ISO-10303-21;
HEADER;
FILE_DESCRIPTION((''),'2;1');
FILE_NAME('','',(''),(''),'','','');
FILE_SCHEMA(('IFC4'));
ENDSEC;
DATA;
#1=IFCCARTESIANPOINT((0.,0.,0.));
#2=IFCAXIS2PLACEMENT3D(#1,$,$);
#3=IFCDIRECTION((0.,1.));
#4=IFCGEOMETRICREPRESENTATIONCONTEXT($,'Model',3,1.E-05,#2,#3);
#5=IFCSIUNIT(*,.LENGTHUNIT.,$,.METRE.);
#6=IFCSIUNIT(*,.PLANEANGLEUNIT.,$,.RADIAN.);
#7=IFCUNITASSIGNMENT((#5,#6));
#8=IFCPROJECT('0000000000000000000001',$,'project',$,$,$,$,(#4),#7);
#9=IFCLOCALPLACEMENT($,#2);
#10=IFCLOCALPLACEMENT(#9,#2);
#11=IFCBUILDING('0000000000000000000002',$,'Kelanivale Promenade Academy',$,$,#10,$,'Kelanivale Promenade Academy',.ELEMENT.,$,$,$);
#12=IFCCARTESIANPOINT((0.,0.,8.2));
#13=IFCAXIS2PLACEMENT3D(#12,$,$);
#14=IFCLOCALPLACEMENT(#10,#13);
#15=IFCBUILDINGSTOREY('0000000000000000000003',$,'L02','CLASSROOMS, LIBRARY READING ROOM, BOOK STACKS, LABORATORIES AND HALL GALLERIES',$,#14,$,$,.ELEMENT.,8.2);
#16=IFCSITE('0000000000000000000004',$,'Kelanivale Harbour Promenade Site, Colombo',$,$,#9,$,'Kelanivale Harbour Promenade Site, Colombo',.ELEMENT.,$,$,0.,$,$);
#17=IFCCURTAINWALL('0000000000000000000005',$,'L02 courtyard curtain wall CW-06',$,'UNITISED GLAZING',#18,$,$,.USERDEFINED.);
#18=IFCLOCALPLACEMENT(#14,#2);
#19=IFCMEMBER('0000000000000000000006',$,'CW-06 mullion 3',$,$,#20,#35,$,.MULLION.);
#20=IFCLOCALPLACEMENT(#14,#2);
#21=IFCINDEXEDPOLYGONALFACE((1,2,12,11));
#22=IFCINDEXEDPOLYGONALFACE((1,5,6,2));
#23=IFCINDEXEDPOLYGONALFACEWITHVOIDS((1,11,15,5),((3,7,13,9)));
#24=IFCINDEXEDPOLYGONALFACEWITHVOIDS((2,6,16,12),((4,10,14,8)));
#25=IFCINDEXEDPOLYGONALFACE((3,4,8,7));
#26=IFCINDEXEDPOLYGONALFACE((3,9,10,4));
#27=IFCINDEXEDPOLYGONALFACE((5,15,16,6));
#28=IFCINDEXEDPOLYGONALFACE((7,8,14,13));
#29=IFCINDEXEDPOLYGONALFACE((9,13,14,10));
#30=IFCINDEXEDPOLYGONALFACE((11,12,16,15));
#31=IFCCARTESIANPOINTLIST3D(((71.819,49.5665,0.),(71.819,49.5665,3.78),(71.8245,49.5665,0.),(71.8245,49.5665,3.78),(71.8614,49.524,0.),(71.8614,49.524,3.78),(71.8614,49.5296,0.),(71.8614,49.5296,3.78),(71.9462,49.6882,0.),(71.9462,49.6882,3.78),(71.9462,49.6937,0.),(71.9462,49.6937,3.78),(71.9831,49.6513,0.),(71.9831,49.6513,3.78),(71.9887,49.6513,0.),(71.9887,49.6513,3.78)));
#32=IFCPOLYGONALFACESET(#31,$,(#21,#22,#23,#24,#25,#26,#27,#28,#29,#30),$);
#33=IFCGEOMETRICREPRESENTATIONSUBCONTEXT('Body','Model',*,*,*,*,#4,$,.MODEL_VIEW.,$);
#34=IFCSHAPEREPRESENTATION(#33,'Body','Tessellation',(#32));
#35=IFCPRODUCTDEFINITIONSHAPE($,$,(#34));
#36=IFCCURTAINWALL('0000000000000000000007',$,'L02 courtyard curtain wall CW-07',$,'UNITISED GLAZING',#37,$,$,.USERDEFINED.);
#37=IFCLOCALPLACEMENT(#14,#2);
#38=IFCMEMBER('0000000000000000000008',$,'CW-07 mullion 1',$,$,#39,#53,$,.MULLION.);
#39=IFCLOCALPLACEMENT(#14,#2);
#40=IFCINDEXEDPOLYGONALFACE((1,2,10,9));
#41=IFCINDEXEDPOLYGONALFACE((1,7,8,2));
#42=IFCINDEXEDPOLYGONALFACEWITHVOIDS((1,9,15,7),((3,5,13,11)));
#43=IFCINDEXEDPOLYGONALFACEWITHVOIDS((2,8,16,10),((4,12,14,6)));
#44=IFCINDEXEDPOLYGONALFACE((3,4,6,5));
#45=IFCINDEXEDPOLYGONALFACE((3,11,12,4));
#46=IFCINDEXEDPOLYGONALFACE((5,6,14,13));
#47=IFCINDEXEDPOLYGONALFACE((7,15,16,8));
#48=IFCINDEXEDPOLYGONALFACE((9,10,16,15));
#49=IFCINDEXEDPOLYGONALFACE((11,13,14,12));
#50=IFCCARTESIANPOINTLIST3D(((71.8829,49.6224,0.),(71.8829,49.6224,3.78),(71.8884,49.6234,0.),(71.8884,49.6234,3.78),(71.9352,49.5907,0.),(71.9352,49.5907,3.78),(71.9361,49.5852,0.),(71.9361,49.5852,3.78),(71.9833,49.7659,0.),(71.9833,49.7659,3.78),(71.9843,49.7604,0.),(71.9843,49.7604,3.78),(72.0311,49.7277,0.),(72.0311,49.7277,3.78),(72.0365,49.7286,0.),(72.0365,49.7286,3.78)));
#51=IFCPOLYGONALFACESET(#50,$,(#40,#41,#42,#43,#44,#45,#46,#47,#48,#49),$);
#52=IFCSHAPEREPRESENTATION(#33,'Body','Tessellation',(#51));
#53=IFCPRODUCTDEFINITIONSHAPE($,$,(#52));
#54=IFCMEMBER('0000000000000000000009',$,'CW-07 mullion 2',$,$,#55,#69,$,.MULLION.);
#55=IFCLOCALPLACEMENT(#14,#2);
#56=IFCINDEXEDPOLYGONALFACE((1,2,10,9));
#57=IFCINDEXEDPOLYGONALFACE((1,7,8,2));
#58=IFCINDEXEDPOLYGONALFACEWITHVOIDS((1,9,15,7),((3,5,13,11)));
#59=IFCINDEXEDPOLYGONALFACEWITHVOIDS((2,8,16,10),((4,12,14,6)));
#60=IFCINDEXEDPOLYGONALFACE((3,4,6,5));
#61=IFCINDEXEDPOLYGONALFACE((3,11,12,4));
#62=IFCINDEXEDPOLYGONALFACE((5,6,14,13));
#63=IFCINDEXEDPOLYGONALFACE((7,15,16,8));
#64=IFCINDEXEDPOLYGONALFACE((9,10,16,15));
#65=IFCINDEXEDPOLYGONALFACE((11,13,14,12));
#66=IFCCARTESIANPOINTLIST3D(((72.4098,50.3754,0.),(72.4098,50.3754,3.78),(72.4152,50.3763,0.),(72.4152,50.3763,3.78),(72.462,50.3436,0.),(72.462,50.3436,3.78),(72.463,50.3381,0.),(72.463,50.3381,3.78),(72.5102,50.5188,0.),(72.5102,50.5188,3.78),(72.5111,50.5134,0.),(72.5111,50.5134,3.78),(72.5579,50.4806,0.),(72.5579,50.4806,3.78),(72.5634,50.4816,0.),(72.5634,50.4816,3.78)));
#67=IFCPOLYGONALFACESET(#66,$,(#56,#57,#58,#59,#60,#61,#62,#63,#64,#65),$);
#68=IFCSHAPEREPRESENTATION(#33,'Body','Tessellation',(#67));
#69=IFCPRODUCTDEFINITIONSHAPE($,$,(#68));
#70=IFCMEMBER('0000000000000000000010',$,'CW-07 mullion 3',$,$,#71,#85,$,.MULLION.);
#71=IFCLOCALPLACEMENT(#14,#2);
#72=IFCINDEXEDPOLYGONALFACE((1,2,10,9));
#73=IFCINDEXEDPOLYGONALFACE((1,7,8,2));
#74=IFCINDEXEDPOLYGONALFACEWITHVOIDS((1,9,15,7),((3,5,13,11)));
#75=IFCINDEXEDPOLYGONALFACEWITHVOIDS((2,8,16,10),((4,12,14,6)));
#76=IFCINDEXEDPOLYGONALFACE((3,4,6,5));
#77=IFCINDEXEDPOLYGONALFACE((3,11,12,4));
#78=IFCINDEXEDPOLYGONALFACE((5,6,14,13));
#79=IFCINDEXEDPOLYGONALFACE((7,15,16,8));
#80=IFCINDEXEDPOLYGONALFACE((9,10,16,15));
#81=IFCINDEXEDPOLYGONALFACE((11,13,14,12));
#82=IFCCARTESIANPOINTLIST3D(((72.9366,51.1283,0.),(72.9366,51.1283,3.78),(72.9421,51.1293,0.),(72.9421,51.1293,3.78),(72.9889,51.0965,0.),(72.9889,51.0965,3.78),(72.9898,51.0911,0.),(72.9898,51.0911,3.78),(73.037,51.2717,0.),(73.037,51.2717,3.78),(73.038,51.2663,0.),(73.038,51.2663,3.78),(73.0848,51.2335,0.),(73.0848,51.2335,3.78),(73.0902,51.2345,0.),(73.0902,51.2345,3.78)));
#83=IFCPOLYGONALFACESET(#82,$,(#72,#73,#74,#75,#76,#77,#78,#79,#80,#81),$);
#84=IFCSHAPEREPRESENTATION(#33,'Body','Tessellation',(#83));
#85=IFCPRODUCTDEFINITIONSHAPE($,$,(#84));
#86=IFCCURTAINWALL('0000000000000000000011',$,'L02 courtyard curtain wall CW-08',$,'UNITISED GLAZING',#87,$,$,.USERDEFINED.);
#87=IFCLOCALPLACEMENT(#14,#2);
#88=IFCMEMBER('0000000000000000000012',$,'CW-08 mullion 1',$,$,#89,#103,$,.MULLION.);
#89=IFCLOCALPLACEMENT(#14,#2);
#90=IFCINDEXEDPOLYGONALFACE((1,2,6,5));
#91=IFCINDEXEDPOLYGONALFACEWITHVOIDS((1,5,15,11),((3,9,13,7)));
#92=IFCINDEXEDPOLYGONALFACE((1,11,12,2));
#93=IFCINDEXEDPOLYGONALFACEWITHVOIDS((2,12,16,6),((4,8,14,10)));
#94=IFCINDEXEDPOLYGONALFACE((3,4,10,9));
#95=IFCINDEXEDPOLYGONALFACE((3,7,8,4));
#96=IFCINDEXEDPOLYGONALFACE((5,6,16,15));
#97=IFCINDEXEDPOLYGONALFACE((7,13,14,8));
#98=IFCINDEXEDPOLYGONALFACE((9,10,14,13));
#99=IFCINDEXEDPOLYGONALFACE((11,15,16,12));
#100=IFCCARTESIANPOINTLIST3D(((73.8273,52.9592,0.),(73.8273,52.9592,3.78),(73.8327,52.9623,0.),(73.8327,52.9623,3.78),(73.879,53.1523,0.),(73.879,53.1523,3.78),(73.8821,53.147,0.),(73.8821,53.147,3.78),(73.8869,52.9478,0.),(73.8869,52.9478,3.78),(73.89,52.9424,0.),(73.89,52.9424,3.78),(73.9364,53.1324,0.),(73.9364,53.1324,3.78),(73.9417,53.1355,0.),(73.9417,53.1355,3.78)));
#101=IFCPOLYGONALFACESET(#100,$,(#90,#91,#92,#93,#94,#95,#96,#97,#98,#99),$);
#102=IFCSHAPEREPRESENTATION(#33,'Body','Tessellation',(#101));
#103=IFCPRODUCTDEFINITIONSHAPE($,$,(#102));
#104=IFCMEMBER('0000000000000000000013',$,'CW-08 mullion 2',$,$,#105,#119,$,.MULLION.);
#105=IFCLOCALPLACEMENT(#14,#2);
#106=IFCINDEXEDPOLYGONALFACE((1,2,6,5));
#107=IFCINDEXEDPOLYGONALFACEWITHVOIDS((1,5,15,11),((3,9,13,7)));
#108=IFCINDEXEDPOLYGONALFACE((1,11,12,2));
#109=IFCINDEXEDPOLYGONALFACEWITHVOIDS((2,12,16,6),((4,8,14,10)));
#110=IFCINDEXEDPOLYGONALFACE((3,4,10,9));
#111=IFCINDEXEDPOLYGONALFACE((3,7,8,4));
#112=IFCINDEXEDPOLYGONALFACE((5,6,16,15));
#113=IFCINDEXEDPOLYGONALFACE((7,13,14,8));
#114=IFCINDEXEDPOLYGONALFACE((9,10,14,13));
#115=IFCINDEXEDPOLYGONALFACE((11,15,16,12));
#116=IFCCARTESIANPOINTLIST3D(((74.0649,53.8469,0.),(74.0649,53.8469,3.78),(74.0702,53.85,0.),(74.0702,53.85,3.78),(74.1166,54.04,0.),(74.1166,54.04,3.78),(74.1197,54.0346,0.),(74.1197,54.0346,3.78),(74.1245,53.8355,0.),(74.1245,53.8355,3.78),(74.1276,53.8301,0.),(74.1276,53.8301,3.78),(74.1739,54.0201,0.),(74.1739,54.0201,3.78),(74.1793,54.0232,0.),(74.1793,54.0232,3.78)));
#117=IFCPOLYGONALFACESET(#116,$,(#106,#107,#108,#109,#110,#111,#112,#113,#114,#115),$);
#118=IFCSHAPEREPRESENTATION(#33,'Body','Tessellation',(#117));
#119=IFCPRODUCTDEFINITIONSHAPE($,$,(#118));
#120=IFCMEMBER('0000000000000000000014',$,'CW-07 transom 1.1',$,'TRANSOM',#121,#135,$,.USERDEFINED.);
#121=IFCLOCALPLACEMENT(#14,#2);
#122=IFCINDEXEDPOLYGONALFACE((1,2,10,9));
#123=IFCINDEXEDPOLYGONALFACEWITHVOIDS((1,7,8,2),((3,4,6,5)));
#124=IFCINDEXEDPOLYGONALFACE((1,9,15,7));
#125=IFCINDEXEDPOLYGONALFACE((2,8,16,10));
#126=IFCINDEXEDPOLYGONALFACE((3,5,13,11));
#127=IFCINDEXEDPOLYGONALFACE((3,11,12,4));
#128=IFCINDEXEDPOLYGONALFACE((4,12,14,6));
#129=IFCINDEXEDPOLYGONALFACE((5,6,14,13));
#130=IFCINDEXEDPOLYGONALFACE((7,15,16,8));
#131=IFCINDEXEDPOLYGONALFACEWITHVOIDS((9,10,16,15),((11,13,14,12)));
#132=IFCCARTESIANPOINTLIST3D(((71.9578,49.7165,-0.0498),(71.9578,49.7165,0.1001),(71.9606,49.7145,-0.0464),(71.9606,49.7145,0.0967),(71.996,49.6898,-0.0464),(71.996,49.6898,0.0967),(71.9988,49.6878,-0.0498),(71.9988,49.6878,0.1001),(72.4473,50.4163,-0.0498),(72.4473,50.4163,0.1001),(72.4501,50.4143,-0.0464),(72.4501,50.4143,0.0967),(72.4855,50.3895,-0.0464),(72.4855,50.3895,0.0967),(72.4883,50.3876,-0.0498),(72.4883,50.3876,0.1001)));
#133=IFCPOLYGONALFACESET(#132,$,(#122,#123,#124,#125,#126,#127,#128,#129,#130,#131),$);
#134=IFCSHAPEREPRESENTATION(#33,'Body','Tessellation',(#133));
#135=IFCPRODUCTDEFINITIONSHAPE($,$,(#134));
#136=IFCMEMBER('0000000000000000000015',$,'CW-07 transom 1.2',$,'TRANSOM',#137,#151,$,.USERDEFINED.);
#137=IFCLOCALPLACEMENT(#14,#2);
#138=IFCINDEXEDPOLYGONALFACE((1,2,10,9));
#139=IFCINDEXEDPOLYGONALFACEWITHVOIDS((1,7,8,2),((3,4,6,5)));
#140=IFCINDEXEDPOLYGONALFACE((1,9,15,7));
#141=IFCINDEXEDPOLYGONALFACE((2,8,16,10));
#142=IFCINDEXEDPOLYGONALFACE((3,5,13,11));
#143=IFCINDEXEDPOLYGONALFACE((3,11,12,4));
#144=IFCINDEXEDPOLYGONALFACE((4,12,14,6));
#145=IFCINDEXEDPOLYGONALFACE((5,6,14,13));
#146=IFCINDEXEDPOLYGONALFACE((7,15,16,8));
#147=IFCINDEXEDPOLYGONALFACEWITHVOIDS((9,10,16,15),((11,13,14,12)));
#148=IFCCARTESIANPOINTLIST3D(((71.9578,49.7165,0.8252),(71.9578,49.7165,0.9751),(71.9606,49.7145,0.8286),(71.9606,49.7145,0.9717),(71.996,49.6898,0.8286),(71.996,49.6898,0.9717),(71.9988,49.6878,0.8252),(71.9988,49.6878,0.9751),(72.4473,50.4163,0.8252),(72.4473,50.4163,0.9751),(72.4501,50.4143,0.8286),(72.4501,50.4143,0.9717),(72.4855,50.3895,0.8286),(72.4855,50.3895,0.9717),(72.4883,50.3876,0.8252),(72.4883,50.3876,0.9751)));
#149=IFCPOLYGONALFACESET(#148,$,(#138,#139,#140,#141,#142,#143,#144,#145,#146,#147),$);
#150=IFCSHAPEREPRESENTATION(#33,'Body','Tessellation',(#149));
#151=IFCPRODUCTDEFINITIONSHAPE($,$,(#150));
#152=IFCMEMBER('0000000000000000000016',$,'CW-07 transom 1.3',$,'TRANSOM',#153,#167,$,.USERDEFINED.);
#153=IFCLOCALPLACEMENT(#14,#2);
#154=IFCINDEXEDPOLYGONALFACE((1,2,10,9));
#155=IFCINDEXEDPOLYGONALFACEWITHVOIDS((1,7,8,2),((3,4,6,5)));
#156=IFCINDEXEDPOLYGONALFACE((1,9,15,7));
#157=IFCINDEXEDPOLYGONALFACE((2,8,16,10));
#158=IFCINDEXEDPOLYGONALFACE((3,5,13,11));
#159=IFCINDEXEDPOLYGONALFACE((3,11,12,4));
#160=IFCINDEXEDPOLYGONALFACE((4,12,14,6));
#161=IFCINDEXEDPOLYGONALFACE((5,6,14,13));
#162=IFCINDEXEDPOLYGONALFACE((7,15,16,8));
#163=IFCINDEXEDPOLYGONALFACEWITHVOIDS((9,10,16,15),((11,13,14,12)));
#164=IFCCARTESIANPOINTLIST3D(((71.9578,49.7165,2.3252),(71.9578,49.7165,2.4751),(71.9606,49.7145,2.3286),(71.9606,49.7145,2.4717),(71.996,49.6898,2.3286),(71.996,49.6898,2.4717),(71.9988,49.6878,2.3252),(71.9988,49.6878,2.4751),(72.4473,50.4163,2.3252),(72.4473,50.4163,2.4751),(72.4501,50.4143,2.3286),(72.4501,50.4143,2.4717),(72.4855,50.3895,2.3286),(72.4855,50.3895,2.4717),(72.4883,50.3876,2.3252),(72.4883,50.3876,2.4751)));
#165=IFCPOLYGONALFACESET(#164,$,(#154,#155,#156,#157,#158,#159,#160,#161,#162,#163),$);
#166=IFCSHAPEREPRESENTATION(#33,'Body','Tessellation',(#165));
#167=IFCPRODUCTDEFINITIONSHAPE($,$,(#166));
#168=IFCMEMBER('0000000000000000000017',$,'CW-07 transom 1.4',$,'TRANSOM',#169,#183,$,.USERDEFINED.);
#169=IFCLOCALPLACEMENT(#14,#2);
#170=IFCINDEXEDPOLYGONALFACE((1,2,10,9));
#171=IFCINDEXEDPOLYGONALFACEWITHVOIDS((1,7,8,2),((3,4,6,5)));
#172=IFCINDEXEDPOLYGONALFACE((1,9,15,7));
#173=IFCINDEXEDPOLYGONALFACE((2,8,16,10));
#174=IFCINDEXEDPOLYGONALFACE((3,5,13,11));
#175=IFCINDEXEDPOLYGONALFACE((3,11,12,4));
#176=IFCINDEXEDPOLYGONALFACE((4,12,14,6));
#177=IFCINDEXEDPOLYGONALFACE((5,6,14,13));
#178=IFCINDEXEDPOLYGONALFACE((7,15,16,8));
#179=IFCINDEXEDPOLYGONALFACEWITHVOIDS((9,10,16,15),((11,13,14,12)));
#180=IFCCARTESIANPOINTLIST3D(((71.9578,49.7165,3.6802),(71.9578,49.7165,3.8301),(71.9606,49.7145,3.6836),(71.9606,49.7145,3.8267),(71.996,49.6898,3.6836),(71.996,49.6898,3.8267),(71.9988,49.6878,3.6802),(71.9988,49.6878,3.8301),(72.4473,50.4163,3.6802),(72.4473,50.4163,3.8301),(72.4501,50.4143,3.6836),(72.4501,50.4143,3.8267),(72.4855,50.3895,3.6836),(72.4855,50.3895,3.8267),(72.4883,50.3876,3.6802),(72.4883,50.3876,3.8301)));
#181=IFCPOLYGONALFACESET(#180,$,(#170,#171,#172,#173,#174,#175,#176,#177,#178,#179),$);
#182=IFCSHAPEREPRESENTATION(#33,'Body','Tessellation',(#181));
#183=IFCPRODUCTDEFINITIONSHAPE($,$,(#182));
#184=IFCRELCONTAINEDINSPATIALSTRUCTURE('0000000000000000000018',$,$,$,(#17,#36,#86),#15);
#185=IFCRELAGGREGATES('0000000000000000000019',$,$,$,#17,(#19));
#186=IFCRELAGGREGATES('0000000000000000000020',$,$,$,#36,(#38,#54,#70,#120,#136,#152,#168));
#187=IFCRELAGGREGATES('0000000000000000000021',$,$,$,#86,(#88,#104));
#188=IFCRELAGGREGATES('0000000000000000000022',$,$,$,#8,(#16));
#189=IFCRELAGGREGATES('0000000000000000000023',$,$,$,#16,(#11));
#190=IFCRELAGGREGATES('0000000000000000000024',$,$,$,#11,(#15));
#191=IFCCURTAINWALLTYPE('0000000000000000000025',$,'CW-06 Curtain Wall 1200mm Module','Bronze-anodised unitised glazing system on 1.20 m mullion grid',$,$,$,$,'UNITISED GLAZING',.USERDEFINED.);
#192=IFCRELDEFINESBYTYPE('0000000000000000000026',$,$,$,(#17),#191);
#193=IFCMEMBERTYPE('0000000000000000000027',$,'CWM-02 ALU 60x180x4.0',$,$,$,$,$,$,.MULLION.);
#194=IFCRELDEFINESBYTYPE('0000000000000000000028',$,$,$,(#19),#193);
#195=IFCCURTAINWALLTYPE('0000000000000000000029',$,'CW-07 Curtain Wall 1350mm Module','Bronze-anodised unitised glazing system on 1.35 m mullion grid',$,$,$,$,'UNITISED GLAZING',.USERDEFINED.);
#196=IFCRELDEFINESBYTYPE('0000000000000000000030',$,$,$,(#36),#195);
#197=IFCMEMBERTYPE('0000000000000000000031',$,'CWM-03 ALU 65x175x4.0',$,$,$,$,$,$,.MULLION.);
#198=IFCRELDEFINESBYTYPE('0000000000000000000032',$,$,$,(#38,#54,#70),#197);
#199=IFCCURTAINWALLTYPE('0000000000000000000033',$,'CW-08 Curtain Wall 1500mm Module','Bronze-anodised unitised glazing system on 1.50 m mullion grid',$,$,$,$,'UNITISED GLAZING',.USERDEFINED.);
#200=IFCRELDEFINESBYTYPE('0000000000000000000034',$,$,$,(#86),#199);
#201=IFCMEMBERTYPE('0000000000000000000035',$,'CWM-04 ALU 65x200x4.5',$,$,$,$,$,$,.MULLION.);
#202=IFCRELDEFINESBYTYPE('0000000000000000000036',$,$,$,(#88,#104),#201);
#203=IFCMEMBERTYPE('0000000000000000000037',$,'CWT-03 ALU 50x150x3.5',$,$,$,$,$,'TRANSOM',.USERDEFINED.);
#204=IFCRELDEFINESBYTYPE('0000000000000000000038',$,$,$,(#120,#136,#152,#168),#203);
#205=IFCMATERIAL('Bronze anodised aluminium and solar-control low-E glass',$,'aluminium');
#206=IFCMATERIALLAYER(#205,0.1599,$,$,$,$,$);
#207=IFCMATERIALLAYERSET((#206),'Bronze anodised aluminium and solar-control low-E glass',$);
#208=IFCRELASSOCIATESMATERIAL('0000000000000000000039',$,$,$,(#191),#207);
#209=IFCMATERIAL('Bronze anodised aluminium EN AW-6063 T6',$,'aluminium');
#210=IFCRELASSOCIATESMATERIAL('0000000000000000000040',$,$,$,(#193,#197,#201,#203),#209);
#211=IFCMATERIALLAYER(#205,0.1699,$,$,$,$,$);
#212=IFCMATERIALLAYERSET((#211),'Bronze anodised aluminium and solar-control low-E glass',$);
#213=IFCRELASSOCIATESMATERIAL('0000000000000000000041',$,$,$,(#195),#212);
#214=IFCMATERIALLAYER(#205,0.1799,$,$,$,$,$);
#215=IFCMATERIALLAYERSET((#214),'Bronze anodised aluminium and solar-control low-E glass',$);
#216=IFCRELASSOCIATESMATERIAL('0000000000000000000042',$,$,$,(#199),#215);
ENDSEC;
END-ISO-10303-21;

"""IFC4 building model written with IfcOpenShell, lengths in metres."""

from ifc_helpers import new_model, si_unit, direction, frame, origin, origin_2d, place, context, subcontext, project, spatial, hollow_rectangle, extrude, material, layer, layer_set, material_profile, profile_set, type_object, element, aggregate, save


model = new_model("IFC4")

# Units and contexts
model_context = context("Model", 3, precision=1e-05, world=origin(), true_north=direction((0.0, 1.0)))
body_context = subcontext(model_context, "Body", "Model", "MODEL_VIEW")
ifc_project = project(units=[si_unit("LENGTHUNIT", "METRE"), si_unit("PLANEANGLEUNIT", "RADIAN")], contexts=[model_context])

# Site, building, storey
site_placement = place(None, origin())
site = spatial("IfcSite", under=ifc_project, at=site_placement, Name="Kelanivale Harbour Promenade Site, Colombo", LongName="Kelanivale Harbour Promenade Site, Colombo", CompositionType="ELEMENT", RefElevation=0.0)
building_placement = place(site_placement, origin())
building = spatial("IfcBuilding", under=site, at=building_placement, Name="Kelanivale Promenade Academy", LongName="Kelanivale Promenade Academy", CompositionType="ELEMENT")
storey_placement = place(building_placement, frame((0.0, 0.0, 8.2)))
storey = spatial("IfcBuildingStorey", under=building, at=storey_placement, Name="L02", Description="CLASSROOMS, LIBRARY READING ROOM, BOOK STACKS, LABORATORIES AND HALL GALLERIES", CompositionType="ELEMENT", Elevation=8.2)

# Curtain wall, member
ifc_material_1 = material(Name="Bronze anodised aluminium and solar-control low-E glass", Category="aluminium")
ifc_layer_1 = layer(ifc_material_1, 0.1599)
ifc_layer_set_1 = layer_set([ifc_layer_1], Name="Bronze anodised aluminium and solar-control low-E glass")
curtain_wall_type_1 = type_object("IfcCurtainWallType", Name="CW-06 Curtain Wall 1200mm Module", Description="Bronze-anodised unitised glazing system on 1.20 m mullion grid", ElementType="UNITISED GLAZING", PredefinedType="USERDEFINED", material=ifc_layer_set_1)
curtain_wall_1_placement = place(storey_placement, origin())
curtain_wall_1 = element("IfcCurtainWall", 1, at=curtain_wall_1_placement, inside=storey, type_object=curtain_wall_type_1, Name="L02 courtyard curtain wall CW-06", ObjectType="UNITISED GLAZING", PredefinedType="USERDEFINED")
ifc_material_2 = material(Name="Bronze anodised aluminium EN AW-6063 T6", Category="aluminium")
ifc_material_profile_1 = material_profile(ifc_material_2, hollow_rectangle(XDim=0.0601, YDim=0.1799, WallThickness=0.0039, at=origin_2d()), Name="ALU 60x180x4.0")
ifc_profile_set_1 = profile_set([ifc_material_profile_1], Name="Bronze anodised aluminium EN AW-6063 T6")
member_type_1 = type_object("IfcMemberType", Name="CWM-02 ALU 60x180x4.0", PredefinedType="MULLION", material=ifc_profile_set_1)
member_1_placement = place(storey_placement, frame((71.9038, 49.6089, 0.0), z_axis=(0.0, 0.0, 1.0), x_axis=(-0.707107, 0.707107, 0.0)))
member_1 = element("IfcMember", 2, at=member_1_placement, type_object=member_type_1, Name="CW-06 mullion 3", PredefinedType="MULLION", context=body_context, shape_type="SweptSolid", body=[
    extrude(hollow_rectangle(XDim=0.0601, YDim=0.1799, WallThickness=0.0039, at=origin_2d()), origin(), (0.0, 0.0, 1.0), 3.78),
])
aggregate(curtain_wall_1, [member_1])

# Curtain walls, members
ifc_layer_2 = layer(ifc_material_1, 0.1699)
ifc_layer_set_2 = layer_set([ifc_layer_2], Name="Bronze anodised aluminium and solar-control low-E glass")
curtain_wall_type_2 = type_object("IfcCurtainWallType", Name="CW-07 Curtain Wall 1350mm Module", Description="Bronze-anodised unitised glazing system on 1.35 m mullion grid", ElementType="UNITISED GLAZING", PredefinedType="USERDEFINED", material=ifc_layer_set_2)
curtain_wall_2_placement = place(storey_placement, origin())
curtain_wall_2 = element("IfcCurtainWall", 3, at=curtain_wall_2_placement, inside=storey, type_object=curtain_wall_type_2, Name="L02 courtyard curtain wall CW-07", ObjectType="UNITISED GLAZING", PredefinedType="USERDEFINED")
ifc_material_profile_2 = material_profile(ifc_material_2, hollow_rectangle(XDim=0.0649, YDim=0.175, WallThickness=0.0039, at=origin_2d()), Name="ALU 65x175x4.0")
ifc_profile_set_2 = profile_set([ifc_material_profile_2], Name="Bronze anodised aluminium EN AW-6063 T6")
member_type_2 = type_object("IfcMemberType", Name="CWM-03 ALU 65x175x4.0", PredefinedType="MULLION", material=ifc_profile_set_2)
member_2_placement = place(storey_placement, frame((71.9597, 49.6755, 0.0), z_axis=(0.0, 0.0, 1.0), x_axis=(-0.819306, 0.573357, 0.0)))
member_2 = element("IfcMember", 4, at=member_2_placement, type_object=member_type_2, Name="CW-07 mullion 1", PredefinedType="MULLION", context=body_context, shape_type="SweptSolid", body=[
    extrude(hollow_rectangle(XDim=0.0649, YDim=0.175, WallThickness=0.0039, at=origin_2d()), origin(), (0.0, 0.0, 1.0), 3.78),
])
member_3_placement = place(storey_placement, frame((72.4866, 50.4285, 0.0), z_axis=(0.0, 0.0, 1.0), x_axis=(-0.819306, 0.573357, 0.0)))
member_3 = element("IfcMember", 5, at=member_3_placement, type_object=member_type_2, Name="CW-07 mullion 2", PredefinedType="MULLION", context=body_context, shape_type="SweptSolid", body=[
    extrude(hollow_rectangle(XDim=0.0649, YDim=0.175, WallThickness=0.0039, at=origin_2d()), origin(), (0.0, 0.0, 1.0), 3.78),
])
member_4_placement = place(storey_placement, frame((73.0134, 51.1814, 0.0), z_axis=(0.0, 0.0, 1.0), x_axis=(-0.819306, 0.573357, 0.0)))
member_4 = element("IfcMember", 6, at=member_4_placement, type_object=member_type_2, Name="CW-07 mullion 3", PredefinedType="MULLION", context=body_context, shape_type="SweptSolid", body=[
    extrude(hollow_rectangle(XDim=0.0649, YDim=0.175, WallThickness=0.0039, at=origin_2d()), origin(), (0.0, 0.0, 1.0), 3.78),
])
ifc_layer_3 = layer(ifc_material_1, 0.1799)
ifc_layer_set_3 = layer_set([ifc_layer_3], Name="Bronze anodised aluminium and solar-control low-E glass")
curtain_wall_type_3 = type_object("IfcCurtainWallType", Name="CW-08 Curtain Wall 1500mm Module", Description="Bronze-anodised unitised glazing system on 1.50 m mullion grid", ElementType="UNITISED GLAZING", PredefinedType="USERDEFINED", material=ifc_layer_set_3)
curtain_wall_3_placement = place(storey_placement, origin())
curtain_wall_3 = element("IfcCurtainWall", 7, at=curtain_wall_3_placement, inside=storey, type_object=curtain_wall_type_3, Name="L02 courtyard curtain wall CW-08", ObjectType="UNITISED GLAZING", PredefinedType="USERDEFINED")
ifc_material_profile_3 = material_profile(ifc_material_2, hollow_rectangle(XDim=0.0649, YDim=0.2, WallThickness=0.0044, at=origin_2d()), Name="ALU 65x200x4.5")
ifc_profile_set_3 = profile_set([ifc_material_profile_3], Name="Bronze anodised aluminium EN AW-6063 T6")
member_type_3 = type_object("IfcMemberType", Name="CWM-04 ALU 65x200x4.5", PredefinedType="MULLION", material=ifc_profile_set_3)
member_5_placement = place(storey_placement, frame((73.8845, 53.0474, 0.0), z_axis=(0.0, 0.0, 1.0), x_axis=(-0.96599, 0.258578, 0.0)))
member_5 = element("IfcMember", 8, at=member_5_placement, type_object=member_type_3, Name="CW-08 mullion 1", PredefinedType="MULLION", context=body_context, shape_type="SweptSolid", body=[
    extrude(hollow_rectangle(XDim=0.0649, YDim=0.2, WallThickness=0.0044, at=origin_2d()), origin(), (0.0, 0.0, 1.0), 3.78),
])
member_6_placement = place(storey_placement, frame((74.1221, 53.9351, 0.0), z_axis=(0.0, 0.0, 1.0), x_axis=(-0.96599, 0.258578, 0.0)))
member_6 = element("IfcMember", 9, at=member_6_placement, type_object=member_type_3, Name="CW-08 mullion 2", PredefinedType="MULLION", context=body_context, shape_type="SweptSolid", body=[
    extrude(hollow_rectangle(XDim=0.0649, YDim=0.2, WallThickness=0.0044, at=origin_2d()), origin(), (0.0, 0.0, 1.0), 3.78),
])

# Members
ifc_material_profile_4 = material_profile(ifc_material_2, hollow_rectangle(XDim=0.05, YDim=0.1499, WallThickness=0.0034, at=origin_2d()), Name="ALU 50x150x3.5")
ifc_profile_set_4 = profile_set([ifc_material_profile_4], Name="Bronze anodised aluminium EN AW-6063 T6")
member_type_4 = type_object("IfcMemberType", Name="CWT-03 ALU 50x150x3.5", ElementType="TRANSOM", PredefinedType="USERDEFINED", material=ifc_profile_set_4)
member_7_placement = place(storey_placement, frame((71.9783, 49.7021, 0.0251), z_axis=(0.573232, 0.819393, 0.0), x_axis=(-0.819393, 0.573232, 0.0)))
member_7 = element("IfcMember", 10, at=member_7_placement, type_object=member_type_4, Name="CW-07 transom 1.1", ObjectType="TRANSOM", PredefinedType="USERDEFINED", context=body_context, shape_type="SweptSolid", body=[
    extrude(hollow_rectangle(XDim=0.05, YDim=0.1499, WallThickness=0.0034, at=origin_2d()), origin(), (0.0, 0.0, 1.0), 0.854),
])
member_8_placement = place(storey_placement, frame((71.9783, 49.7021, 0.9001), z_axis=(0.573232, 0.819393, 0.0), x_axis=(-0.819393, 0.573232, 0.0)))
member_8 = element("IfcMember", 11, at=member_8_placement, type_object=member_type_4, Name="CW-07 transom 1.2", ObjectType="TRANSOM", PredefinedType="USERDEFINED", context=body_context, shape_type="SweptSolid", body=[
    extrude(hollow_rectangle(XDim=0.05, YDim=0.1499, WallThickness=0.0034, at=origin_2d()), origin(), (0.0, 0.0, 1.0), 0.854),
])
member_9_placement = place(storey_placement, frame((71.9783, 49.7021, 2.4001), z_axis=(0.573232, 0.819393, 0.0), x_axis=(-0.819393, 0.573232, 0.0)))
member_9 = element("IfcMember", 12, at=member_9_placement, type_object=member_type_4, Name="CW-07 transom 1.3", ObjectType="TRANSOM", PredefinedType="USERDEFINED", context=body_context, shape_type="SweptSolid", body=[
    extrude(hollow_rectangle(XDim=0.05, YDim=0.1499, WallThickness=0.0034, at=origin_2d()), origin(), (0.0, 0.0, 1.0), 0.854),
])
member_10_placement = place(storey_placement, frame((71.9783, 49.7021, 3.7551), z_axis=(0.573232, 0.819393, 0.0), x_axis=(-0.819393, 0.573232, 0.0)))
member_10 = element("IfcMember", 13, at=member_10_placement, type_object=member_type_4, Name="CW-07 transom 1.4", ObjectType="TRANSOM", PredefinedType="USERDEFINED", context=body_context, shape_type="SweptSolid", body=[
    extrude(hollow_rectangle(XDim=0.05, YDim=0.1499, WallThickness=0.0034, at=origin_2d()), origin(), (0.0, 0.0, 1.0), 0.854),
])

aggregate(curtain_wall_2, [member_2, member_3, member_4, member_7, member_8, member_9, member_10])
aggregate(curtain_wall_3, [member_5, member_6])

save(model, "model.ifc")
